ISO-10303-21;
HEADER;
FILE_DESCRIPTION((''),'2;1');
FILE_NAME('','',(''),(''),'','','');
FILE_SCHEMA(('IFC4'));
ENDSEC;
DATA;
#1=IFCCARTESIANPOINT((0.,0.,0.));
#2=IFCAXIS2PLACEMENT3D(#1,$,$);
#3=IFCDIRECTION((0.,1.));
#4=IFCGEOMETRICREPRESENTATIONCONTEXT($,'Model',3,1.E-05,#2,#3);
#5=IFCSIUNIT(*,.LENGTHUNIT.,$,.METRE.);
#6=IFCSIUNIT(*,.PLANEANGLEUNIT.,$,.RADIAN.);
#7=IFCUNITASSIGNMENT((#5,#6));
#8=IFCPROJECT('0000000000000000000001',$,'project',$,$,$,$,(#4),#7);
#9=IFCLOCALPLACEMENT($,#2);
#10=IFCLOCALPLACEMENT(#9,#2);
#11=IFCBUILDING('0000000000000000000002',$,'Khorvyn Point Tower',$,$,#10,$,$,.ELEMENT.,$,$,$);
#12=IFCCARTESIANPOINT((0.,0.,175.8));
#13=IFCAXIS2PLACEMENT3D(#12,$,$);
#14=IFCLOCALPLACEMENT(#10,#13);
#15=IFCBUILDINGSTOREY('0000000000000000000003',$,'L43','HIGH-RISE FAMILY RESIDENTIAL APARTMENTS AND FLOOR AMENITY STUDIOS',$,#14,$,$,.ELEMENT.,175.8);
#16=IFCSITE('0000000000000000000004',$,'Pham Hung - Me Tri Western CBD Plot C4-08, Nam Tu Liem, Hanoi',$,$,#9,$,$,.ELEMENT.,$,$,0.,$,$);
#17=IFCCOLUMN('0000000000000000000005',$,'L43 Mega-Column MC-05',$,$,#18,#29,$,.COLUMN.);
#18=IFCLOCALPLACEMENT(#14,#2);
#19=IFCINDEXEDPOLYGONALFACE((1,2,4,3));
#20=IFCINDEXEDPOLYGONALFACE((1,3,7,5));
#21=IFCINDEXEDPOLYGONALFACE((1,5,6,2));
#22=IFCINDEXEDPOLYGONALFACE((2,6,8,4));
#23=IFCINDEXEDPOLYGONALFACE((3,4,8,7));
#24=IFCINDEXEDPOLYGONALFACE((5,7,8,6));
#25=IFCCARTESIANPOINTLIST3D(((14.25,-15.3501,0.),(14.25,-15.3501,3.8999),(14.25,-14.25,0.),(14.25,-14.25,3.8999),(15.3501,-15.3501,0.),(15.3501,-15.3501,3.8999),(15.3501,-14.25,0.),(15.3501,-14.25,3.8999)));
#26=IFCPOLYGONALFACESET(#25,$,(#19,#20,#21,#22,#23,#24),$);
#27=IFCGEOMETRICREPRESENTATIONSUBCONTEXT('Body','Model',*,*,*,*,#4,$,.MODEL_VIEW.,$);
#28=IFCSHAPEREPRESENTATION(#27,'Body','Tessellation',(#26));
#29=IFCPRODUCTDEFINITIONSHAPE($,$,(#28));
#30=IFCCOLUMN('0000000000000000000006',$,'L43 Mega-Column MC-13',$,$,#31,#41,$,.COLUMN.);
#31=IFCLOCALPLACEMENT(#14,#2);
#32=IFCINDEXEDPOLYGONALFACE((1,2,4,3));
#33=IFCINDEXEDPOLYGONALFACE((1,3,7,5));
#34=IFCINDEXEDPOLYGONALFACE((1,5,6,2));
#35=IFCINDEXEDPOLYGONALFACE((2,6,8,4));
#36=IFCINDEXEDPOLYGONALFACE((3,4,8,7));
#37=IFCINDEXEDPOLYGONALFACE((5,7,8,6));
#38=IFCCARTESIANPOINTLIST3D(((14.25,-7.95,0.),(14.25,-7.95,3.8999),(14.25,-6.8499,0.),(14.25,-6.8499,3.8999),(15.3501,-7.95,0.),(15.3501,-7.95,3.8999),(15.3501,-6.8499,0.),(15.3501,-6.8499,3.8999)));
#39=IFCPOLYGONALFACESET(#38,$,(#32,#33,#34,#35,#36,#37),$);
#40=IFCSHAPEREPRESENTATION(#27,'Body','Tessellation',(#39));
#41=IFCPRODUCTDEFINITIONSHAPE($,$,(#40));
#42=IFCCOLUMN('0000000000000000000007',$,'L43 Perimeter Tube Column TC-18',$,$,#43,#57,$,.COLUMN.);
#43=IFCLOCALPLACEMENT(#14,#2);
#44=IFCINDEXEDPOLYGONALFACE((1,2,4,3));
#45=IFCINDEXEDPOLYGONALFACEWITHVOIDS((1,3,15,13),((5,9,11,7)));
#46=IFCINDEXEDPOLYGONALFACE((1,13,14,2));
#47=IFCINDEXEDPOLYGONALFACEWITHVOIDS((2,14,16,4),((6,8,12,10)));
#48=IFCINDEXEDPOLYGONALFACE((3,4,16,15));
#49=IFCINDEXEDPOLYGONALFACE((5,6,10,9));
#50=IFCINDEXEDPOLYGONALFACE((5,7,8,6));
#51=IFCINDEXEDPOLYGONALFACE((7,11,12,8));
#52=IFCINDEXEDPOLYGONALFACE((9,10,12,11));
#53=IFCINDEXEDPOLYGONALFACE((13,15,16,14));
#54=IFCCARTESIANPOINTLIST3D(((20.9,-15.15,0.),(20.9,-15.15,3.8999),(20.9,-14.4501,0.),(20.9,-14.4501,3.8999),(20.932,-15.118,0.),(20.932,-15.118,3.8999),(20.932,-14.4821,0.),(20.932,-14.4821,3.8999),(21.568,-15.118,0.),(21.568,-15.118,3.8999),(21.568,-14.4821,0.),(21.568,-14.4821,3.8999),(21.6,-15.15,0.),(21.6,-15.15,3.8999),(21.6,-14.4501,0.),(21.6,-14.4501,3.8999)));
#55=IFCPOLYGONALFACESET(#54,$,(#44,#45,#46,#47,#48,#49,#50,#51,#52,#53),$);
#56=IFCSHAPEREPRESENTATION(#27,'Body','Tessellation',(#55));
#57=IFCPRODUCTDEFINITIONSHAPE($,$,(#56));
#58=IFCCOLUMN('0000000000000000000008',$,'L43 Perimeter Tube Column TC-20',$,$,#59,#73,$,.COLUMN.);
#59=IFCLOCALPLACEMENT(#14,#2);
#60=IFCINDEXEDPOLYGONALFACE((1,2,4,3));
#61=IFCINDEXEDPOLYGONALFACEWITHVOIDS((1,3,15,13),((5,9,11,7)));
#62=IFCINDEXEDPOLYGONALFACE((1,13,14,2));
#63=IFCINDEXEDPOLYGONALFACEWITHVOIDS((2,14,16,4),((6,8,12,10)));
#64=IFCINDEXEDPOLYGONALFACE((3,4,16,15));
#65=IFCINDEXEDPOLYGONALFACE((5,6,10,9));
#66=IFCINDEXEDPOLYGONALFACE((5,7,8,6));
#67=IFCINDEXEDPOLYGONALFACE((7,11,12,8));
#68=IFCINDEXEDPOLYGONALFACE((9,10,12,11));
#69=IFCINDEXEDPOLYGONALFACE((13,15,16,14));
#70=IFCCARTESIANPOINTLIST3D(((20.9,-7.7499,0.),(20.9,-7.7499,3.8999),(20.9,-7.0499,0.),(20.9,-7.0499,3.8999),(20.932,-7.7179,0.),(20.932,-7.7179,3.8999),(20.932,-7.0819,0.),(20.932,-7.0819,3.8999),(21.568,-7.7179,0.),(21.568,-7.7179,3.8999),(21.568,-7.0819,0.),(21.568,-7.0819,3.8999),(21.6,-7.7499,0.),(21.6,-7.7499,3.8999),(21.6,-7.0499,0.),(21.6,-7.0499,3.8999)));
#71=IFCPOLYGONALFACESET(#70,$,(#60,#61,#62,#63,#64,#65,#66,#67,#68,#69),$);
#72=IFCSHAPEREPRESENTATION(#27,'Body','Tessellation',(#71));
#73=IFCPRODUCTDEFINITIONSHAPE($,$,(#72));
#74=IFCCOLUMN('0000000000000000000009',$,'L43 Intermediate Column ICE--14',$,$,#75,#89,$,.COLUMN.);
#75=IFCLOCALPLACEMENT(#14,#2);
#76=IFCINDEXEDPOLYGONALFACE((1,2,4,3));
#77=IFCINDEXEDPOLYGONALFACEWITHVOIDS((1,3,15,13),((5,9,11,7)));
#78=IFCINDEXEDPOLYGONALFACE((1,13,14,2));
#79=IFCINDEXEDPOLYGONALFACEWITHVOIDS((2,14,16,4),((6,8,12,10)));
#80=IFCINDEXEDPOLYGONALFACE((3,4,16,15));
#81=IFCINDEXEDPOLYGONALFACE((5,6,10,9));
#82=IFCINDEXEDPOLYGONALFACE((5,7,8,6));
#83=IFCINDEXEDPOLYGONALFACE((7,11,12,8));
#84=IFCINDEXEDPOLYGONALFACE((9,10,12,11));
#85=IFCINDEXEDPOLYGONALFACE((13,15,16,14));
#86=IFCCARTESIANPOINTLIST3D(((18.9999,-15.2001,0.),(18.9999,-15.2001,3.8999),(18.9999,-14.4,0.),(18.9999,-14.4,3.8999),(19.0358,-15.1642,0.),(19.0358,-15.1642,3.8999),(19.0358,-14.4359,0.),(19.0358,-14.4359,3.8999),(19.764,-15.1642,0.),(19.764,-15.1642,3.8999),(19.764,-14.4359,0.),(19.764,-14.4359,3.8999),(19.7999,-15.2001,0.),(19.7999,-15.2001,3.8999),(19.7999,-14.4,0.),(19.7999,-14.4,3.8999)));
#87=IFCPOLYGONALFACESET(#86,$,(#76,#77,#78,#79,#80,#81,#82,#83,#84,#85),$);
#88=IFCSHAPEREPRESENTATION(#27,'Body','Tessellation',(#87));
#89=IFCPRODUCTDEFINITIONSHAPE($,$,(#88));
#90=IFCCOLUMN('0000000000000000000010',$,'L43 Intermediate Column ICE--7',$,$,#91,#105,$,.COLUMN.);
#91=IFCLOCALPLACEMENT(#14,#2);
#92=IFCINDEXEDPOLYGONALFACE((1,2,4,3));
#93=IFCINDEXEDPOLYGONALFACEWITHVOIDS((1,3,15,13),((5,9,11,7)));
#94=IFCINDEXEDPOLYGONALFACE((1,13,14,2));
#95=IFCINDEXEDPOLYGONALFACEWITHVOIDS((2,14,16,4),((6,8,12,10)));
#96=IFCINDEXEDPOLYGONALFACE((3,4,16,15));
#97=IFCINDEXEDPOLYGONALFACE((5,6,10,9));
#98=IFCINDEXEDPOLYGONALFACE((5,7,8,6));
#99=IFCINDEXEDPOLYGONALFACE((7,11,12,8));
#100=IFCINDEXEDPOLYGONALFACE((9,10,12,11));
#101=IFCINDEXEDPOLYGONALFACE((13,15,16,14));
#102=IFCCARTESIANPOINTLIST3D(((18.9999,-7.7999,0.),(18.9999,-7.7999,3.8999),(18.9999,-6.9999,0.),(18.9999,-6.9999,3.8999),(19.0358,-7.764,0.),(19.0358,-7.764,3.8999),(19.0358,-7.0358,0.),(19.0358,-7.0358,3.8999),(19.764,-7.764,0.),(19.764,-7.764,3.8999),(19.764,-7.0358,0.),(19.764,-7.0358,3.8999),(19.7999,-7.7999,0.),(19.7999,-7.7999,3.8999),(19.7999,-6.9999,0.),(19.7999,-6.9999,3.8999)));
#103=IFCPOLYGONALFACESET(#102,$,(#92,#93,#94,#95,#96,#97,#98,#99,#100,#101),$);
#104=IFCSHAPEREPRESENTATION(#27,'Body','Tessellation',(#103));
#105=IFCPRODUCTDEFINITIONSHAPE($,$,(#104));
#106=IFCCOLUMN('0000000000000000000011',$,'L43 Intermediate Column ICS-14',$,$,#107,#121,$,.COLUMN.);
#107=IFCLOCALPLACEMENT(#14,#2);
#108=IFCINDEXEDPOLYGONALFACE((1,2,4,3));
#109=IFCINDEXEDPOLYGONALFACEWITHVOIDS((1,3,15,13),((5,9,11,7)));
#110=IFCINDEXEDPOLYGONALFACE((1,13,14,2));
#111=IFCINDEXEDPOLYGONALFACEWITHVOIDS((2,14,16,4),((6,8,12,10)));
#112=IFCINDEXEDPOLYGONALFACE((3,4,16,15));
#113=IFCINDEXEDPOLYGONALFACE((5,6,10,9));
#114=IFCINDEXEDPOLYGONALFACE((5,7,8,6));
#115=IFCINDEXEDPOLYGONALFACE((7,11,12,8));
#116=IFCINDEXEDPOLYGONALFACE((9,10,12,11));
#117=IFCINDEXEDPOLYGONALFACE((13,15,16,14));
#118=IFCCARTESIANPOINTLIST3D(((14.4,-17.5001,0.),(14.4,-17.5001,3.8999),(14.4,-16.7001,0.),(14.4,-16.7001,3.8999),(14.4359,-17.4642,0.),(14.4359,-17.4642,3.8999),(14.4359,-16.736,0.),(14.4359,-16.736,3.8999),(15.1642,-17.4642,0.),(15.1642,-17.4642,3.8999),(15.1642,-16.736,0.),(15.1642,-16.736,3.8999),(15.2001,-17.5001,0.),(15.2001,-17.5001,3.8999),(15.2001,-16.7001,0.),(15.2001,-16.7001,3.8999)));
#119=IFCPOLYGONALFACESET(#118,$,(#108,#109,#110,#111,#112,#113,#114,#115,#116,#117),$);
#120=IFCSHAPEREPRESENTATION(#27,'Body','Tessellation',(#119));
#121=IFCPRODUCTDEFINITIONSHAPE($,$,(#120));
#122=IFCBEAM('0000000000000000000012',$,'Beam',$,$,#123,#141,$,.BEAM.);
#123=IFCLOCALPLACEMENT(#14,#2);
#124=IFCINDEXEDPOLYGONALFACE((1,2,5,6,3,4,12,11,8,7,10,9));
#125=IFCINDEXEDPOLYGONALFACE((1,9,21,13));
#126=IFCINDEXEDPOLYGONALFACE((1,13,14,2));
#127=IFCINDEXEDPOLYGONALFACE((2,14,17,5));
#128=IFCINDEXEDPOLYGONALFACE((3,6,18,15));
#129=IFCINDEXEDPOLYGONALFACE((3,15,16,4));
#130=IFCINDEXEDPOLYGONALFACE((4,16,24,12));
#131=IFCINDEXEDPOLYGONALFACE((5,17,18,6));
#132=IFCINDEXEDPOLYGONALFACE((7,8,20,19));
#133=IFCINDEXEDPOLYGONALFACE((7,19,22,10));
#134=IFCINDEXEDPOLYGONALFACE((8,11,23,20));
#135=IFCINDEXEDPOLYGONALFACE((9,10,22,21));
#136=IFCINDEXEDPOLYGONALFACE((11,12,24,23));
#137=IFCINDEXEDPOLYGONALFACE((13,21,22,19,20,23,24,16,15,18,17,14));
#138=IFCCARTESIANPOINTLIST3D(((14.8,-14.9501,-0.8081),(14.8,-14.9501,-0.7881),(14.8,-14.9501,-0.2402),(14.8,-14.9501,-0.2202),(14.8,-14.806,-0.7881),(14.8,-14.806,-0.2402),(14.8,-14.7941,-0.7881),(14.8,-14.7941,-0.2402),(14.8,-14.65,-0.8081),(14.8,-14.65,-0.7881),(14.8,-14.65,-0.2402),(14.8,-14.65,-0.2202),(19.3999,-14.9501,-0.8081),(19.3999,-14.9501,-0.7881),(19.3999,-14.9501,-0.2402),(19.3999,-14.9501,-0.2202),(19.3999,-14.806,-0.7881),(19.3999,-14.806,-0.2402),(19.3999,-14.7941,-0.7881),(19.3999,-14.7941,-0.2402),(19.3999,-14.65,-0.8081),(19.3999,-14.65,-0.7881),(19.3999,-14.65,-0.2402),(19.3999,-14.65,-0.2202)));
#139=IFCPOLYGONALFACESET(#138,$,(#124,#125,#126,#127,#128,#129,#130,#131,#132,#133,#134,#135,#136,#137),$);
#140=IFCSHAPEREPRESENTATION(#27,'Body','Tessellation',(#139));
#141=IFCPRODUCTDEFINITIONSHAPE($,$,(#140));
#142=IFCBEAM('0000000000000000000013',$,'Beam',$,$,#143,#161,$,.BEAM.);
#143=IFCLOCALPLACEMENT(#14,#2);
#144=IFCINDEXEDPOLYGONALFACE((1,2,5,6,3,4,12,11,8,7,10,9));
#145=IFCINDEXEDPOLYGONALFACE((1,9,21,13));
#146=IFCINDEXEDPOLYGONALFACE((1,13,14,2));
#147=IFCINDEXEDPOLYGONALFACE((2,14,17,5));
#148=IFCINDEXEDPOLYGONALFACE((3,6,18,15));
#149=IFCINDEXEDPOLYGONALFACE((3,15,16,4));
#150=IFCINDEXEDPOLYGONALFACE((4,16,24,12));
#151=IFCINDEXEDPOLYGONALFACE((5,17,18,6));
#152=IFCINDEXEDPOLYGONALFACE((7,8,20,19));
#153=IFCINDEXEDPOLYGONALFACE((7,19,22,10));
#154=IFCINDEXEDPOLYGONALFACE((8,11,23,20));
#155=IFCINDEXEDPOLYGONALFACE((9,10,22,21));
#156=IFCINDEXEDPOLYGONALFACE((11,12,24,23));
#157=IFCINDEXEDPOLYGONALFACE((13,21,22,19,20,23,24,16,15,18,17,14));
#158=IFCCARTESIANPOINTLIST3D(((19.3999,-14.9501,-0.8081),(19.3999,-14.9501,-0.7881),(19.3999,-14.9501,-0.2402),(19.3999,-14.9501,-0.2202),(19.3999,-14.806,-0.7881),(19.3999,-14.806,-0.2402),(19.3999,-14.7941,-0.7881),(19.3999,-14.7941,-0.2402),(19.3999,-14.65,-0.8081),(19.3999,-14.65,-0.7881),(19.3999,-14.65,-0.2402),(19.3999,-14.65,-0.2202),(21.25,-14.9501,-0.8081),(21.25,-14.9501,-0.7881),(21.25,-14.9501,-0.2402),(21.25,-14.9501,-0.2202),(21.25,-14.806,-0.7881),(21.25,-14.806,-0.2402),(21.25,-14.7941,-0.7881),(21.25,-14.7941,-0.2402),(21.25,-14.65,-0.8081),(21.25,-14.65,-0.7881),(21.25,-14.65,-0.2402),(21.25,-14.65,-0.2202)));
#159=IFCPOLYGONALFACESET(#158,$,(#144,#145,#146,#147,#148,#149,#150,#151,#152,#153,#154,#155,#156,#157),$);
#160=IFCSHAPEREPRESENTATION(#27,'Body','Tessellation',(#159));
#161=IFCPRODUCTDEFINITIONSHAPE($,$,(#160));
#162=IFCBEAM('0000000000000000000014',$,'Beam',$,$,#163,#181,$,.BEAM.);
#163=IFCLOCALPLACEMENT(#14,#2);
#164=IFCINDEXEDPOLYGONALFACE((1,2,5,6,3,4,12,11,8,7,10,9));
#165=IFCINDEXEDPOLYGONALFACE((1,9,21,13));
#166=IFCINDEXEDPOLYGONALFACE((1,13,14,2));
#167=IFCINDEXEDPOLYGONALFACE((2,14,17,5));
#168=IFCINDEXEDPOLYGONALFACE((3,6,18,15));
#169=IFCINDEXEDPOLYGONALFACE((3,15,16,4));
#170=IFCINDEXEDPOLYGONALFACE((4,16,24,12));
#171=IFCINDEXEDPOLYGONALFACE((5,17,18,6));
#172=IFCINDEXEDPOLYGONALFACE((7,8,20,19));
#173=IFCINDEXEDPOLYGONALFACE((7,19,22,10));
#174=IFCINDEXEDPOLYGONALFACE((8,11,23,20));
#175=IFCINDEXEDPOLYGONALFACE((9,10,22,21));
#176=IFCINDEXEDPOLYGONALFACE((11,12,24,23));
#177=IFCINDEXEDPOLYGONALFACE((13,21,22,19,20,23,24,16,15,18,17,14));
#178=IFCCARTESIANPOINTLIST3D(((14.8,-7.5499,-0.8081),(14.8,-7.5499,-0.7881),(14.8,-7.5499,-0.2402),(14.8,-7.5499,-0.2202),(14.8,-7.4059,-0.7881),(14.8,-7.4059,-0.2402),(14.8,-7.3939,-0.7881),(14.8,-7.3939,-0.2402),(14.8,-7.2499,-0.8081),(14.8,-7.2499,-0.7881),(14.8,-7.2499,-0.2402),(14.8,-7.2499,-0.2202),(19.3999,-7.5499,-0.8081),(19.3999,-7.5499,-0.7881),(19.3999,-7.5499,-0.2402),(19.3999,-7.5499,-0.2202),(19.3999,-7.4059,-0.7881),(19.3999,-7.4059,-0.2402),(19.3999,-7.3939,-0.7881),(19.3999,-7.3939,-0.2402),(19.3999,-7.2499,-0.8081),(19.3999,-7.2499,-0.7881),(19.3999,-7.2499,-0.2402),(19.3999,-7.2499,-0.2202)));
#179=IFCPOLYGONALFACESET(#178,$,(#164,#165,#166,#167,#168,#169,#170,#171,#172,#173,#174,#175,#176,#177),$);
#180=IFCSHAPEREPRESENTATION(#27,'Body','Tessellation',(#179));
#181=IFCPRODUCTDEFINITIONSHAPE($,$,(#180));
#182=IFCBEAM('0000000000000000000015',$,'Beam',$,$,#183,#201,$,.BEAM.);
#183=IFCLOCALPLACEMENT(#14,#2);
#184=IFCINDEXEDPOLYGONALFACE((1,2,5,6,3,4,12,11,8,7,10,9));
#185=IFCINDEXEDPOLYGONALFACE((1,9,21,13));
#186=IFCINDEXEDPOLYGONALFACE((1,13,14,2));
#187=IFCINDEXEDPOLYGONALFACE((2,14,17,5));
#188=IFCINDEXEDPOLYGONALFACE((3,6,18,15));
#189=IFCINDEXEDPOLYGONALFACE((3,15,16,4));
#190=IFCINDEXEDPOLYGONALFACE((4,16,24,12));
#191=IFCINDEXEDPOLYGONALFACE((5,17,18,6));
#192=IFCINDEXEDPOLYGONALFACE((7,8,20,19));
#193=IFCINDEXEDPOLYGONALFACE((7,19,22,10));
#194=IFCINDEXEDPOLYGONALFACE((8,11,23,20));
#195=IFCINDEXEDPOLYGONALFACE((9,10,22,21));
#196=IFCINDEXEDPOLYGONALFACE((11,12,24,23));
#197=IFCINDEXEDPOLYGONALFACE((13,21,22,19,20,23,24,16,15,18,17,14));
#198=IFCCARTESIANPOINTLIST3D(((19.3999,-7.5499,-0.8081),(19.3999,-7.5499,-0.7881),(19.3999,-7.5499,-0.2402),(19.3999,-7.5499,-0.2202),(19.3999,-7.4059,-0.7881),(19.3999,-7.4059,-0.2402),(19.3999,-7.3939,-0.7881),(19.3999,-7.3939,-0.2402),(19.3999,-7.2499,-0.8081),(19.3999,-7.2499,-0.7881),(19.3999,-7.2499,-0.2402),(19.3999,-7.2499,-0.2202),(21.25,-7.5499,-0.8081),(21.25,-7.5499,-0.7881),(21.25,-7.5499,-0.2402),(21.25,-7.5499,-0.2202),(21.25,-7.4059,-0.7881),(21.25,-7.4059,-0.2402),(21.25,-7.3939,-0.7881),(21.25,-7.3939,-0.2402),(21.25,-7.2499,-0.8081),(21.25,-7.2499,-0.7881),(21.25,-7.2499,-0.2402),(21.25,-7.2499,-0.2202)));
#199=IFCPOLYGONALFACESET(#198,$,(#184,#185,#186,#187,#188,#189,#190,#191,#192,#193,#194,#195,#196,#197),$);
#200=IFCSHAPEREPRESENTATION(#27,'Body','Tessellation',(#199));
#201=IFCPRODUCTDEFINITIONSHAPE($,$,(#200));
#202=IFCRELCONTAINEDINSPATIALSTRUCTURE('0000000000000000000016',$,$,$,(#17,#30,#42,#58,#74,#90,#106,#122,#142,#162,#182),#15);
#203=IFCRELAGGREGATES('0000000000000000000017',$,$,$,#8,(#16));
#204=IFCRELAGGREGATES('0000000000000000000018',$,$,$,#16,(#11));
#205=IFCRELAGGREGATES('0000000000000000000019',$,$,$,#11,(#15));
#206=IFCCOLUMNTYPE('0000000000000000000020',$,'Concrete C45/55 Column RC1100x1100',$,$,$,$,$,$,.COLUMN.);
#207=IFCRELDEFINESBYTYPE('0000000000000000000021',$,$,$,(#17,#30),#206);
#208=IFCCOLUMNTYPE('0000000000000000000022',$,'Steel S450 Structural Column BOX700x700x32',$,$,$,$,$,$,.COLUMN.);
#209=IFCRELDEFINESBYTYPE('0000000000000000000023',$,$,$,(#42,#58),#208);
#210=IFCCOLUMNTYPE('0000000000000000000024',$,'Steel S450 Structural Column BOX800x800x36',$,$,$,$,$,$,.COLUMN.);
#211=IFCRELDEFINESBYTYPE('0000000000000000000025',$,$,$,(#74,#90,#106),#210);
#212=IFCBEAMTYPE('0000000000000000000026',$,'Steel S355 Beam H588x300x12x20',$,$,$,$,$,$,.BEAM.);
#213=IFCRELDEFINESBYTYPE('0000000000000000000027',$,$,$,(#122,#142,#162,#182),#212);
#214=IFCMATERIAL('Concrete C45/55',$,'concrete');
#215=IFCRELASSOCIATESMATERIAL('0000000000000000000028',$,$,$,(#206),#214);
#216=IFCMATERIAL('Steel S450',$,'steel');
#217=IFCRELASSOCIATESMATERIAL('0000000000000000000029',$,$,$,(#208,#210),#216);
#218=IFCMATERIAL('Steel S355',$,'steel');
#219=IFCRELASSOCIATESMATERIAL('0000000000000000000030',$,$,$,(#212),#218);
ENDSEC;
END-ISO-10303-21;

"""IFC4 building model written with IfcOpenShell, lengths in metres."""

from ifc_helpers import new_model, si_unit, direction, frame, origin, origin_2d, place, context, subcontext, project, spatial, rectangle, hollow_rectangle, i_section, extrude, material, material_profile, profile_set, type_object, element, save


model = new_model("IFC4")

# Units and contexts
model_context = context("Model", 3, precision=1e-05, world=origin(), true_north=direction((0.0, 1.0)))
body_context = subcontext(model_context, "Body", "Model", "MODEL_VIEW")
ifc_project = project(units=[si_unit("LENGTHUNIT", "METRE"), si_unit("PLANEANGLEUNIT", "RADIAN")], contexts=[model_context])

# Site, building, storey
site_placement = place(None, origin())
site = spatial("IfcSite", under=ifc_project, at=site_placement, Name="Pham Hung - Me Tri Western CBD Plot C4-08, Nam Tu Liem, Hanoi", CompositionType="ELEMENT", RefElevation=0.0)
building_placement = place(site_placement, origin())
building = spatial("IfcBuilding", under=site, at=building_placement, Name="Khorvyn Point Tower", CompositionType="ELEMENT")
storey_placement = place(building_placement, frame((0.0, 0.0, 175.8)))
storey = spatial("IfcBuildingStorey", under=building, at=storey_placement, Name="L43", Description="HIGH-RISE FAMILY RESIDENTIAL APARTMENTS AND FLOOR AMENITY STUDIOS", CompositionType="ELEMENT", Elevation=175.8)

# Columns
ifc_material_1 = material(Name="Concrete C45/55", Category="concrete")
ifc_material_profile_1 = material_profile(ifc_material_1, rectangle(XDim=1.1001, YDim=1.1001, at=origin_2d()))
ifc_profile_set_1 = profile_set([ifc_material_profile_1], Name="Concrete C45/55 RC1100x1100")
column_type_1 = type_object("IfcColumnType", Name="Concrete C45/55 Column RC1100x1100", PredefinedType="COLUMN", material=ifc_profile_set_1)
for number, where, z_axis, x_axis, name in (
    (1, (14.8, -14.8, 0.0), (0.0, 0.0, 1.0), (1.0, 0.0, 0.0), "L43 Mega-Column MC-05"),
    (2, (14.8, -7.3999, 0.0), (0.0, 0.0, 1.0), (1.0, 0.0, 0.0), "L43 Mega-Column MC-13"),
):
    element("IfcColumn", number, at=place(storey_placement, frame(where, z_axis=z_axis, x_axis=x_axis)), inside=storey, type_object=column_type_1, Name=name, PredefinedType="COLUMN", context=body_context, shape_type="SweptSolid", body=[
        extrude(rectangle(XDim=1.1001, YDim=1.1001, at=origin_2d()), origin(), (0.0, 0.0, 1.0), 3.8999),
    ])
ifc_material_2 = material(Name="Steel S450", Category="steel")
ifc_material_profile_2 = material_profile(ifc_material_2, hollow_rectangle(XDim=0.7, YDim=0.7, WallThickness=0.032, at=origin_2d()))
ifc_profile_set_2 = profile_set([ifc_material_profile_2], Name="Steel S450 BOX700x700x32")
column_type_2 = type_object("IfcColumnType", Name="Steel S450 Structural Column BOX700x700x32", PredefinedType="COLUMN", material=ifc_profile_set_2)
for number, where, z_axis, x_axis, name in (
    (3, (21.25, -14.8, 0.0), (0.0, 0.0, 1.0), (1.0, 0.0, 0.0), "L43 Perimeter Tube Column TC-18"),
    (4, (21.25, -7.3999, 0.0), (0.0, 0.0, 1.0), (1.0, 0.0, 0.0), "L43 Perimeter Tube Column TC-20"),
):
    element("IfcColumn", number, at=place(storey_placement, frame(where, z_axis=z_axis, x_axis=x_axis)), inside=storey, type_object=column_type_2, Name=name, PredefinedType="COLUMN", context=body_context, shape_type="SweptSolid", body=[
        extrude(hollow_rectangle(XDim=0.7, YDim=0.7, WallThickness=0.032, at=origin_2d()), origin(), (0.0, 0.0, 1.0), 3.8999),
    ])
ifc_material_profile_3 = material_profile(ifc_material_2, hollow_rectangle(XDim=0.8, YDim=0.8, WallThickness=0.0359, at=origin_2d()))
ifc_profile_set_3 = profile_set([ifc_material_profile_3], Name="Steel S450 BOX800x800x36")
column_type_3 = type_object("IfcColumnType", Name="Steel S450 Structural Column BOX800x800x36", PredefinedType="COLUMN", material=ifc_profile_set_3)
for number, where, z_axis, x_axis, name in (
    (5, (19.3999, -14.8, 0.0), (0.0, 0.0, 1.0), (1.0, 0.0, 0.0), "L43 Intermediate Column ICE--14"),
    (6, (19.3999, -7.3999, 0.0), (0.0, 0.0, 1.0), (1.0, 0.0, 0.0), "L43 Intermediate Column ICE--7"),
    (7, (14.8, -17.1001, 0.0), (0.0, 0.0, 1.0), (1.0, 0.0, 0.0), "L43 Intermediate Column ICS-14"),
):
    element("IfcColumn", number, at=place(storey_placement, frame(where, z_axis=z_axis, x_axis=x_axis)), inside=storey, type_object=column_type_3, Name=name, PredefinedType="COLUMN", context=body_context, shape_type="SweptSolid", body=[
        extrude(hollow_rectangle(XDim=0.8, YDim=0.8, WallThickness=0.0359, at=origin_2d()), origin(), (0.0, 0.0, 1.0), 3.8999),
    ])

# Beams
ifc_material_3 = material(Name="Steel S355", Category="steel")
ifc_material_profile_4 = material_profile(ifc_material_3, i_section(OverallWidth=0.3, OverallDepth=0.5879, WebThickness=0.012, FlangeThickness=0.02, at=origin_2d()))
ifc_profile_set_4 = profile_set([ifc_material_profile_4], Name="Steel S355 H588x300x12x20")
beam_type_1 = type_object("IfcBeamType", Name="Steel S355 Beam H588x300x12x20", PredefinedType="BEAM", material=ifc_profile_set_4)
beam_1_placement = place(storey_placement, frame((14.8, -14.8, -0.5142), z_axis=(1.0, 0.0, 0.0), x_axis=(0.0, 1.0, 0.0)))
element("IfcBeam", 8, at=beam_1_placement, inside=storey, type_object=beam_type_1, Name="Beam", PredefinedType="BEAM", context=body_context, shape_type="SweptSolid", body=[
    extrude(i_section(OverallWidth=0.3, OverallDepth=0.5879, WebThickness=0.012, FlangeThickness=0.02, at=origin_2d()), origin(), (0.0, 0.0, 1.0), 4.5999),
])
beam_2_placement = place(storey_placement, frame((19.3999, -14.8, -0.5142), z_axis=(1.0, 0.0, 0.0), x_axis=(0.0, 1.0, 0.0)))
element("IfcBeam", 9, at=beam_2_placement, inside=storey, type_object=beam_type_1, Name="Beam", PredefinedType="BEAM", context=body_context, shape_type="SweptSolid", body=[
    extrude(i_section(OverallWidth=0.3, OverallDepth=0.5879, WebThickness=0.012, FlangeThickness=0.02, at=origin_2d()), origin(), (0.0, 0.0, 1.0), 1.8501),
])
beam_3_placement = place(storey_placement, frame((14.8, -7.3999, -0.5142), z_axis=(1.0, 0.0, 0.0), x_axis=(0.0, 1.0, 0.0)))
element("IfcBeam", 10, at=beam_3_placement, inside=storey, type_object=beam_type_1, Name="Beam", PredefinedType="BEAM", context=body_context, shape_type="SweptSolid", body=[
    extrude(i_section(OverallWidth=0.3, OverallDepth=0.5879, WebThickness=0.012, FlangeThickness=0.02, at=origin_2d()), origin(), (0.0, 0.0, 1.0), 4.5999),
])
beam_4_placement = place(storey_placement, frame((19.3999, -7.3999, -0.5142), z_axis=(1.0, 0.0, 0.0), x_axis=(0.0, 1.0, 0.0)))
element("IfcBeam", 11, at=beam_4_placement, inside=storey, type_object=beam_type_1, Name="Beam", PredefinedType="BEAM", context=body_context, shape_type="SweptSolid", body=[
    extrude(i_section(OverallWidth=0.3, OverallDepth=0.5879, WebThickness=0.012, FlangeThickness=0.02, at=origin_2d()), origin(), (0.0, 0.0, 1.0), 1.8501),
])

save(model, "model.ifc")
